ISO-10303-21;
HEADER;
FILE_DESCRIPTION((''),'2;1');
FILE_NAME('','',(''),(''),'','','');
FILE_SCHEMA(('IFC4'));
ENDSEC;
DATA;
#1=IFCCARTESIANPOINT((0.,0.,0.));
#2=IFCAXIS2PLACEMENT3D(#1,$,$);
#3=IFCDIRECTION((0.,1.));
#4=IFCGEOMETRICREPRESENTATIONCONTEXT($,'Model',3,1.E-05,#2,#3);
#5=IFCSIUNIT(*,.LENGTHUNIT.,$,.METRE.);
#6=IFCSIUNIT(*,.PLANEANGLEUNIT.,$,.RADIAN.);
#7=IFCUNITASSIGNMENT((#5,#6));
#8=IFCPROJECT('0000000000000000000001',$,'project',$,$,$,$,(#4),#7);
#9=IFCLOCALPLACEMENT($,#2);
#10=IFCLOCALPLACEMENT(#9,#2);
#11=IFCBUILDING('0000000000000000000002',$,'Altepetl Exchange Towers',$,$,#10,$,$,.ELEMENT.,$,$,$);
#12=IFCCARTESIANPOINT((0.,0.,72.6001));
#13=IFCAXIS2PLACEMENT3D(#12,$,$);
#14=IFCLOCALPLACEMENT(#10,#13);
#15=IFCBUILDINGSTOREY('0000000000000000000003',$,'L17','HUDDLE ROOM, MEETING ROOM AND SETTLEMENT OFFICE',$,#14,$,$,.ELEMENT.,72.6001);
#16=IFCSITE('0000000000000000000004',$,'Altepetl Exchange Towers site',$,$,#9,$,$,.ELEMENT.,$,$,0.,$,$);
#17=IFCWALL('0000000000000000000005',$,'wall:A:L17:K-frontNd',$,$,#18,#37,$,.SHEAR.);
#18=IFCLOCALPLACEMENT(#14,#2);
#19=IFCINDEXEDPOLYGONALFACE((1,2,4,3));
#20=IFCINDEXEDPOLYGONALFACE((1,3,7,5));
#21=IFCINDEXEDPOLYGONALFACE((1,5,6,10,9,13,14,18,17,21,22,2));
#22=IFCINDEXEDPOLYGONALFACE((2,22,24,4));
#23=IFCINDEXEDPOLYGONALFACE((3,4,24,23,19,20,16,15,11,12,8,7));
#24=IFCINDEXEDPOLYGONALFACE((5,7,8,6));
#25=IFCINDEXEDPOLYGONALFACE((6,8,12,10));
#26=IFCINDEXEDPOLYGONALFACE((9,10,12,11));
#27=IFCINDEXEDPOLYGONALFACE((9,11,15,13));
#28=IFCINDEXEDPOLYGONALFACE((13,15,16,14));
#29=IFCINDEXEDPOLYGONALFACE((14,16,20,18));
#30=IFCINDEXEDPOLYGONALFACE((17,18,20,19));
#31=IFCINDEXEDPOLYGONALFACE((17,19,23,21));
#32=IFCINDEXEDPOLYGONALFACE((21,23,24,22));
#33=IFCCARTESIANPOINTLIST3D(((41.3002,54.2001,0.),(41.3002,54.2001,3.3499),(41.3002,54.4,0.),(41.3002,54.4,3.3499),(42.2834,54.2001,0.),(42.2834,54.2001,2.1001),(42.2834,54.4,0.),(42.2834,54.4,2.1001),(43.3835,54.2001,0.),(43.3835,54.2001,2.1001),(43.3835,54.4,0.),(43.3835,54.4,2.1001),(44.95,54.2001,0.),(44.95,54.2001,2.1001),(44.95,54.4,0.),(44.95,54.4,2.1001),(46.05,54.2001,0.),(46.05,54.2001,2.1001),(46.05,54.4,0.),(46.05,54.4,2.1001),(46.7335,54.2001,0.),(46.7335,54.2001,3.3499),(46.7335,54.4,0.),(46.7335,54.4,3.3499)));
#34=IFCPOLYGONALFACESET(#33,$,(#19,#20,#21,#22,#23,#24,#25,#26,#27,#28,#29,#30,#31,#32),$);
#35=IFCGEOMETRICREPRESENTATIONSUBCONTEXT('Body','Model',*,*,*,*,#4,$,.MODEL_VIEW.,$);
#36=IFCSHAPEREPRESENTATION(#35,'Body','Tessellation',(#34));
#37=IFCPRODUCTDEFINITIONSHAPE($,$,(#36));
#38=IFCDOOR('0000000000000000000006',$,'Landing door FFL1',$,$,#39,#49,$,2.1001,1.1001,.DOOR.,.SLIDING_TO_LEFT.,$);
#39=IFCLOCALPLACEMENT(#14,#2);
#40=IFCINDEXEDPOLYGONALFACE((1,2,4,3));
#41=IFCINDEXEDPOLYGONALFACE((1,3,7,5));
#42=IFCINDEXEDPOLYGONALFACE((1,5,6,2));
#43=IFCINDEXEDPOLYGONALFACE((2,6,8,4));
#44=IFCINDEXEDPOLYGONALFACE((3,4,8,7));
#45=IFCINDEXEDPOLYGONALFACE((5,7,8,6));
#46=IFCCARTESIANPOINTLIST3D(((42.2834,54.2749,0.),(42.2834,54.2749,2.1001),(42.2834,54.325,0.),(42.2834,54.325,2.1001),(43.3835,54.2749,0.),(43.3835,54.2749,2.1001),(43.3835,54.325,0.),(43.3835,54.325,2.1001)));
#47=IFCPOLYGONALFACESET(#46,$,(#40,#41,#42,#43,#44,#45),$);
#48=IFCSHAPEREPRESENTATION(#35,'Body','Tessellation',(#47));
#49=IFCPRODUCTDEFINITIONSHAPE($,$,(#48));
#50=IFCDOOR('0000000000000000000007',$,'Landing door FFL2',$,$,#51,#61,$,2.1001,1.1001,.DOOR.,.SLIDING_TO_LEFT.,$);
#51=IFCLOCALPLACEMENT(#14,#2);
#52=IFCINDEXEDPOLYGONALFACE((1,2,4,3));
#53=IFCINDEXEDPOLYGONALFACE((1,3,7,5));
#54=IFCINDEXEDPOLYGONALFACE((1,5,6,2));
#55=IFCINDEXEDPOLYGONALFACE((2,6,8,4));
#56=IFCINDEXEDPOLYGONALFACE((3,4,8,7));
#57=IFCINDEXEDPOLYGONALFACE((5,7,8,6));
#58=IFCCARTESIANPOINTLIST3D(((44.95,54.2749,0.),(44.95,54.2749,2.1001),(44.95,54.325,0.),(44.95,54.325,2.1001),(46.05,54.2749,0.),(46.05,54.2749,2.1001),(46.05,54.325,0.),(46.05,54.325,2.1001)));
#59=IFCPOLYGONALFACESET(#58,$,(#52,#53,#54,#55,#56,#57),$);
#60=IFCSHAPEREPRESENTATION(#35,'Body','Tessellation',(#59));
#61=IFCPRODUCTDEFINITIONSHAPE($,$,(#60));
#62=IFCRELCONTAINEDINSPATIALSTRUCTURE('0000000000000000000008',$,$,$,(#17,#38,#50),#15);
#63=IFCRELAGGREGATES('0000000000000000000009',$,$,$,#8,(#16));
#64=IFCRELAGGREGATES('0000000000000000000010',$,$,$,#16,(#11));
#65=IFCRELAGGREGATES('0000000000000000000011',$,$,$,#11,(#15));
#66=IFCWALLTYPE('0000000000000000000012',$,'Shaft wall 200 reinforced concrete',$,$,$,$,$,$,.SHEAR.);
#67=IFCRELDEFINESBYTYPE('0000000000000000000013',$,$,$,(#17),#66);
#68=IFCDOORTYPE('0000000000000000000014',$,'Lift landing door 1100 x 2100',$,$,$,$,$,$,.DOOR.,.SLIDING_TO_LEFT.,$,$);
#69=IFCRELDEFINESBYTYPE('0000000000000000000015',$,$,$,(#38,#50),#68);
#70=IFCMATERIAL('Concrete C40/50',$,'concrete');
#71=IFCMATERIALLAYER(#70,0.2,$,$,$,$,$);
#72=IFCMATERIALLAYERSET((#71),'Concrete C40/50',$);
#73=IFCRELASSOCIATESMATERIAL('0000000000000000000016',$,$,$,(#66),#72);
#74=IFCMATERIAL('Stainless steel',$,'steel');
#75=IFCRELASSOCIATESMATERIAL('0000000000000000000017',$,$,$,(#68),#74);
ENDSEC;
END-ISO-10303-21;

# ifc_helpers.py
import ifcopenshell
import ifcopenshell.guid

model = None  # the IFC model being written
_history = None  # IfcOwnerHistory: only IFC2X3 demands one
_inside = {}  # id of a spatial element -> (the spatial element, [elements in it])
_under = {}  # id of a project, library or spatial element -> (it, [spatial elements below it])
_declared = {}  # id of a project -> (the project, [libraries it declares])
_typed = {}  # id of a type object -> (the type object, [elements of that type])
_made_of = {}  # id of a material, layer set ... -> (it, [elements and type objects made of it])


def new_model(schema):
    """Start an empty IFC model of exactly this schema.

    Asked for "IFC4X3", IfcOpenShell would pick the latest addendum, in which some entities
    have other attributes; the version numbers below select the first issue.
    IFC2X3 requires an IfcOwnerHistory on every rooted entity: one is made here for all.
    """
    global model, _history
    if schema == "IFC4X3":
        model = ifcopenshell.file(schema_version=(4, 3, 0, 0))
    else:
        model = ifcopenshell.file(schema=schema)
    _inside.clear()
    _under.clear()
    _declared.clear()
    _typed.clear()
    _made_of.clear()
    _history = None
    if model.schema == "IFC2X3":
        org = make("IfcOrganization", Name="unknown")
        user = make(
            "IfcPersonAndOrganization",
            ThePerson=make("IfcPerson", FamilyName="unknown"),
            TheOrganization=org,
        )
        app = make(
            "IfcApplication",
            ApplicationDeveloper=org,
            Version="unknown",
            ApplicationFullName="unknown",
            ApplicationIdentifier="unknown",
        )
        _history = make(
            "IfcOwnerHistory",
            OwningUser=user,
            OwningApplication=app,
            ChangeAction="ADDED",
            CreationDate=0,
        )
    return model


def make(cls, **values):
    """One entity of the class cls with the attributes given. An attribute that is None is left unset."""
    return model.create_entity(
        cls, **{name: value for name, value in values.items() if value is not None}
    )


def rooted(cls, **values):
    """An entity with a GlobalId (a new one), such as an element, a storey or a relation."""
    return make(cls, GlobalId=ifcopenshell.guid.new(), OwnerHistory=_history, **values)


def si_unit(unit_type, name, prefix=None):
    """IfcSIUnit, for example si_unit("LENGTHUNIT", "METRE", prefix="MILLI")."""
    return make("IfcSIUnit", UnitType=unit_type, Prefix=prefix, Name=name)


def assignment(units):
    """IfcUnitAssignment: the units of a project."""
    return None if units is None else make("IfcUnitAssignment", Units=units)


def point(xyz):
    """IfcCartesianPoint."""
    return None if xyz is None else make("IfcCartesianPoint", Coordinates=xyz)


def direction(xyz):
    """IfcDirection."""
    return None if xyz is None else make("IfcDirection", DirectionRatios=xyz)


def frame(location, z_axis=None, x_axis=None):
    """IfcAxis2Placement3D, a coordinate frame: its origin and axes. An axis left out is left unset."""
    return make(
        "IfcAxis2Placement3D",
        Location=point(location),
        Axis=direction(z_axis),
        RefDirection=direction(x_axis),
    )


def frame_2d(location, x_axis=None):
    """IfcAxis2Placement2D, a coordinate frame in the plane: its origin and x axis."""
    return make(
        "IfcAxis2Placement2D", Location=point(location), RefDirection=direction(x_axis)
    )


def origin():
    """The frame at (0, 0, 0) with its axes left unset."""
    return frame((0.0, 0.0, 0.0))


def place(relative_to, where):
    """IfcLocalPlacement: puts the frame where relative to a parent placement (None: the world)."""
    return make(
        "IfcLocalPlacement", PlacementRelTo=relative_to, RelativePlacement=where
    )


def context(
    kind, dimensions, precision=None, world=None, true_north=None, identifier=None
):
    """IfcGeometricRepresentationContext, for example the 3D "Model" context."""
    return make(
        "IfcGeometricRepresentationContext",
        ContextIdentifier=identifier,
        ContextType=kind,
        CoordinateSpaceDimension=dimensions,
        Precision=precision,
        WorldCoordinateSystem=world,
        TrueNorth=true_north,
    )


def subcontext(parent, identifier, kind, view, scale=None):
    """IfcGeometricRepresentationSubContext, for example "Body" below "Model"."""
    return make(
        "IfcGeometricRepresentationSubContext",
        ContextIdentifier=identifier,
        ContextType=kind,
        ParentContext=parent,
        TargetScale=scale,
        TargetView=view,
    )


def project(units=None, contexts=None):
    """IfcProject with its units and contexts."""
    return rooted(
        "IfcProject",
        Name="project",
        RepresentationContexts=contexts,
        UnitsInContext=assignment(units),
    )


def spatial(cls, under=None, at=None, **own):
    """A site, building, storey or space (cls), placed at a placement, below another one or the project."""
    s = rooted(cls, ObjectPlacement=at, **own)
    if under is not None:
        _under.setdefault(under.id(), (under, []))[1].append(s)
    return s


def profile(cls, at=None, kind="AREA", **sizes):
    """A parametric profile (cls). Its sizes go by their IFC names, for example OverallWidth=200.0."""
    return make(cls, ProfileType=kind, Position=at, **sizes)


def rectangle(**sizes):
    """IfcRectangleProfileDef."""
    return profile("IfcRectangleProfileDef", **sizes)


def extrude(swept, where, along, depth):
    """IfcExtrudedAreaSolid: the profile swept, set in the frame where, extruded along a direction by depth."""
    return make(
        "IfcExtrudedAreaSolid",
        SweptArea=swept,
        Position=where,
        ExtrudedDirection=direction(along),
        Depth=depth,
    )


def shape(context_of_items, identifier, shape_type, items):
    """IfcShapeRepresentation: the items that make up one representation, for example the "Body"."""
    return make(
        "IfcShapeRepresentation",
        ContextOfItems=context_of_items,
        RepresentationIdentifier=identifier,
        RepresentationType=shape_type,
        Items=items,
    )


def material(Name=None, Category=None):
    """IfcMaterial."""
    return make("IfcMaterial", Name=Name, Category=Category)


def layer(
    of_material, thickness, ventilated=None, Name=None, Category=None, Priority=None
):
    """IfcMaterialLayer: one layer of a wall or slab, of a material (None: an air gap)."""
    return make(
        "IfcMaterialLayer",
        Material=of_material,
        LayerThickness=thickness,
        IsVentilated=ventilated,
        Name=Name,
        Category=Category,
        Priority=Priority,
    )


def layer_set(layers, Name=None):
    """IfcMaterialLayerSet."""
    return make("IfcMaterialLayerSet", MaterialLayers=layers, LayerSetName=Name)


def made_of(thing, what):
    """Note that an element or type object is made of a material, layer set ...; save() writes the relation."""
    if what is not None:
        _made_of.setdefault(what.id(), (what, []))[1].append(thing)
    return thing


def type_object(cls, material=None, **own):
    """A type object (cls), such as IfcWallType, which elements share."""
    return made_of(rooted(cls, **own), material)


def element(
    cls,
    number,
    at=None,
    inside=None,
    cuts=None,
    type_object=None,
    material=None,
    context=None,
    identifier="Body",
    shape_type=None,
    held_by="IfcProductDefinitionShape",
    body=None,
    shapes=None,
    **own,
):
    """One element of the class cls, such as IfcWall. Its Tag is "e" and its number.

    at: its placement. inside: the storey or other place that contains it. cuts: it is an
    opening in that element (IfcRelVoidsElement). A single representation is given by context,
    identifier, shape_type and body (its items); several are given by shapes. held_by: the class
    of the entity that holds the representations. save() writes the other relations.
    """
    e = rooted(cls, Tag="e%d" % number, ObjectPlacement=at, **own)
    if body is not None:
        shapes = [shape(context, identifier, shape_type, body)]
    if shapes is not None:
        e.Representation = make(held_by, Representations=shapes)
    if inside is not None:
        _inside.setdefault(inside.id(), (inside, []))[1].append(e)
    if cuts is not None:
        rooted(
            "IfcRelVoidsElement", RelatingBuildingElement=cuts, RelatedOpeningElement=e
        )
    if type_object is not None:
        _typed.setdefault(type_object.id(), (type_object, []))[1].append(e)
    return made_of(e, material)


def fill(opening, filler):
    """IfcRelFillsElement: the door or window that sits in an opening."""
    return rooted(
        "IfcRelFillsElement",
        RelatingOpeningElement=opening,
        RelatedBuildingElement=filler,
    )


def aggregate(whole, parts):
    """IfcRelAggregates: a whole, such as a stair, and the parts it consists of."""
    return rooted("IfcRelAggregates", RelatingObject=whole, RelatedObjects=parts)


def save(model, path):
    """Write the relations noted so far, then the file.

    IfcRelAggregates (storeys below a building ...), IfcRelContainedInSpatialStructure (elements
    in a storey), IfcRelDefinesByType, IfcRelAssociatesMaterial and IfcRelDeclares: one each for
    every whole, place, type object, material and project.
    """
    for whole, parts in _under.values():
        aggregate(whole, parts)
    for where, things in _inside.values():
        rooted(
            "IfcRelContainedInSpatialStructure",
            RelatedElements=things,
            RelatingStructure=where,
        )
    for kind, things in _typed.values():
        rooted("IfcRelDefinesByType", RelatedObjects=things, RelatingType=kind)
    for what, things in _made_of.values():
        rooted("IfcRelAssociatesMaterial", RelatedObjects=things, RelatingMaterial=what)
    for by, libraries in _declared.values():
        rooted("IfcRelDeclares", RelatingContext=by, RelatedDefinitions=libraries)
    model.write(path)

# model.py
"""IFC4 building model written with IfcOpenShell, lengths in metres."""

from ifc_helpers import new_model, si_unit, direction, frame, frame_2d, origin, place, context, subcontext, project, spatial, rectangle, extrude, material, layer, layer_set, type_object, element, fill, save


model = new_model("IFC4")

# Units and contexts
model_context = context("Model", 3, precision=1e-05, world=origin(), true_north=direction((0.0, 1.0)))
body_context = subcontext(model_context, "Body", "Model", "MODEL_VIEW")
ifc_project = project(units=[si_unit("LENGTHUNIT", "METRE"), si_unit("PLANEANGLEUNIT", "RADIAN")], contexts=[model_context])

# Site, building, storey
site_placement = place(None, origin())
site = spatial("IfcSite", under=ifc_project, at=site_placement, Name="Altepetl Exchange Towers site", CompositionType="ELEMENT", RefElevation=0.0)
building_placement = place(site_placement, origin())
building = spatial("IfcBuilding", under=site, at=building_placement, Name="Altepetl Exchange Towers", CompositionType="ELEMENT")
storey_placement = place(building_placement, frame((0.0, 0.0, 72.6001)))
storey = spatial("IfcBuildingStorey", under=building, at=storey_placement, Name="L17", Description="HUDDLE ROOM, MEETING ROOM AND SETTLEMENT OFFICE", CompositionType="ELEMENT", Elevation=72.6001)

# Wall, openings, doors
ifc_material_1 = material(Name="Concrete C40/50", Category="concrete")
ifc_layer_1 = layer(ifc_material_1, 0.2)
ifc_layer_set_1 = layer_set([ifc_layer_1], Name="Concrete C40/50")
wall_type_1 = type_object("IfcWallType", Name="Shaft wall 200 reinforced concrete", PredefinedType="SHEAR", material=ifc_layer_set_1)
wall_1_placement = place(storey_placement, frame((41.3, 54.3, 0.0)))
wall_1 = element("IfcWall", 1, at=wall_1_placement, inside=storey, type_object=wall_type_1, Name="wall:A:L17:K-frontNd", PredefinedType="SHEAR", context=body_context, shape_type="SweptSolid", body=[
    extrude(rectangle(XDim=5.4333, YDim=0.2, at=frame_2d((2.7168, 0.0))), origin(), (0.0, 0.0, 1.0), 3.3499),
])
opening_1_placement = place(wall_1_placement, frame((0.9834, 0.0, 0.0)))
opening_1 = element("IfcOpeningElement", 2, at=opening_1_placement, cuts=wall_1, PredefinedType="OPENING", context=body_context, shape_type="SweptSolid", body=[
    extrude(rectangle(XDim=1.1001, YDim=2.1001, at=frame_2d((0.55, 1.05))), frame((0.0, 0.1099, 0.0), z_axis=(0.0, -1.0, 0.0), x_axis=(1.0, 0.0, 0.0)), (0.0, 0.0, 1.0), 0.22),
])
opening_2_placement = place(wall_1_placement, frame((3.6499, 0.0, 0.0)))
opening_2 = element("IfcOpeningElement", 3, at=opening_2_placement, cuts=wall_1, PredefinedType="OPENING", context=body_context, shape_type="SweptSolid", body=[
    extrude(rectangle(XDim=1.1001, YDim=2.1001, at=frame_2d((0.55, 1.05))), frame((0.0, 0.1099, 0.0), z_axis=(0.0, -1.0, 0.0), x_axis=(1.0, 0.0, 0.0)), (0.0, 0.0, 1.0), 0.22),
])
ifc_material_2 = material(Name="Stainless steel", Category="steel")
door_type_1 = type_object("IfcDoorType", Name="Lift landing door 1100 x 2100", OperationType="SLIDING_TO_LEFT", PredefinedType="DOOR", material=ifc_material_2)
door_1_placement = place(opening_1_placement, origin())
door_1 = element("IfcDoor", 4, at=door_1_placement, inside=storey, type_object=door_type_1, Name="Landing door FFL1", OperationType="SLIDING_TO_LEFT", OverallHeight=2.1001, OverallWidth=1.1001, PredefinedType="DOOR", context=body_context, shape_type="SweptSolid", body=[
    extrude(rectangle(XDim=1.1001, YDim=2.1001, at=frame_2d((0.55, 1.05))), frame((0.0, 0.0249, 0.0), z_axis=(0.0, -1.0, 0.0), x_axis=(1.0, 0.0, 0.0)), (0.0, 0.0, 1.0), 0.05),
])
fill(opening_1, door_1)
door_2_placement = place(opening_2_placement, origin())
door_2 = element("IfcDoor", 5, at=door_2_placement, inside=storey, type_object=door_type_1, Name="Landing door FFL2", OperationType="SLIDING_TO_LEFT", OverallHeight=2.1001, OverallWidth=1.1001, PredefinedType="DOOR", context=body_context, shape_type="SweptSolid", body=[
    extrude(rectangle(XDim=1.1001, YDim=2.1001, at=frame_2d((0.55, 1.05))), frame((0.0, 0.0249, 0.0), z_axis=(0.0, -1.0, 0.0), x_axis=(1.0, 0.0, 0.0)), (0.0, 0.0, 1.0), 0.05),
])
fill(opening_2, door_2)

save(model, "model.ifc")
